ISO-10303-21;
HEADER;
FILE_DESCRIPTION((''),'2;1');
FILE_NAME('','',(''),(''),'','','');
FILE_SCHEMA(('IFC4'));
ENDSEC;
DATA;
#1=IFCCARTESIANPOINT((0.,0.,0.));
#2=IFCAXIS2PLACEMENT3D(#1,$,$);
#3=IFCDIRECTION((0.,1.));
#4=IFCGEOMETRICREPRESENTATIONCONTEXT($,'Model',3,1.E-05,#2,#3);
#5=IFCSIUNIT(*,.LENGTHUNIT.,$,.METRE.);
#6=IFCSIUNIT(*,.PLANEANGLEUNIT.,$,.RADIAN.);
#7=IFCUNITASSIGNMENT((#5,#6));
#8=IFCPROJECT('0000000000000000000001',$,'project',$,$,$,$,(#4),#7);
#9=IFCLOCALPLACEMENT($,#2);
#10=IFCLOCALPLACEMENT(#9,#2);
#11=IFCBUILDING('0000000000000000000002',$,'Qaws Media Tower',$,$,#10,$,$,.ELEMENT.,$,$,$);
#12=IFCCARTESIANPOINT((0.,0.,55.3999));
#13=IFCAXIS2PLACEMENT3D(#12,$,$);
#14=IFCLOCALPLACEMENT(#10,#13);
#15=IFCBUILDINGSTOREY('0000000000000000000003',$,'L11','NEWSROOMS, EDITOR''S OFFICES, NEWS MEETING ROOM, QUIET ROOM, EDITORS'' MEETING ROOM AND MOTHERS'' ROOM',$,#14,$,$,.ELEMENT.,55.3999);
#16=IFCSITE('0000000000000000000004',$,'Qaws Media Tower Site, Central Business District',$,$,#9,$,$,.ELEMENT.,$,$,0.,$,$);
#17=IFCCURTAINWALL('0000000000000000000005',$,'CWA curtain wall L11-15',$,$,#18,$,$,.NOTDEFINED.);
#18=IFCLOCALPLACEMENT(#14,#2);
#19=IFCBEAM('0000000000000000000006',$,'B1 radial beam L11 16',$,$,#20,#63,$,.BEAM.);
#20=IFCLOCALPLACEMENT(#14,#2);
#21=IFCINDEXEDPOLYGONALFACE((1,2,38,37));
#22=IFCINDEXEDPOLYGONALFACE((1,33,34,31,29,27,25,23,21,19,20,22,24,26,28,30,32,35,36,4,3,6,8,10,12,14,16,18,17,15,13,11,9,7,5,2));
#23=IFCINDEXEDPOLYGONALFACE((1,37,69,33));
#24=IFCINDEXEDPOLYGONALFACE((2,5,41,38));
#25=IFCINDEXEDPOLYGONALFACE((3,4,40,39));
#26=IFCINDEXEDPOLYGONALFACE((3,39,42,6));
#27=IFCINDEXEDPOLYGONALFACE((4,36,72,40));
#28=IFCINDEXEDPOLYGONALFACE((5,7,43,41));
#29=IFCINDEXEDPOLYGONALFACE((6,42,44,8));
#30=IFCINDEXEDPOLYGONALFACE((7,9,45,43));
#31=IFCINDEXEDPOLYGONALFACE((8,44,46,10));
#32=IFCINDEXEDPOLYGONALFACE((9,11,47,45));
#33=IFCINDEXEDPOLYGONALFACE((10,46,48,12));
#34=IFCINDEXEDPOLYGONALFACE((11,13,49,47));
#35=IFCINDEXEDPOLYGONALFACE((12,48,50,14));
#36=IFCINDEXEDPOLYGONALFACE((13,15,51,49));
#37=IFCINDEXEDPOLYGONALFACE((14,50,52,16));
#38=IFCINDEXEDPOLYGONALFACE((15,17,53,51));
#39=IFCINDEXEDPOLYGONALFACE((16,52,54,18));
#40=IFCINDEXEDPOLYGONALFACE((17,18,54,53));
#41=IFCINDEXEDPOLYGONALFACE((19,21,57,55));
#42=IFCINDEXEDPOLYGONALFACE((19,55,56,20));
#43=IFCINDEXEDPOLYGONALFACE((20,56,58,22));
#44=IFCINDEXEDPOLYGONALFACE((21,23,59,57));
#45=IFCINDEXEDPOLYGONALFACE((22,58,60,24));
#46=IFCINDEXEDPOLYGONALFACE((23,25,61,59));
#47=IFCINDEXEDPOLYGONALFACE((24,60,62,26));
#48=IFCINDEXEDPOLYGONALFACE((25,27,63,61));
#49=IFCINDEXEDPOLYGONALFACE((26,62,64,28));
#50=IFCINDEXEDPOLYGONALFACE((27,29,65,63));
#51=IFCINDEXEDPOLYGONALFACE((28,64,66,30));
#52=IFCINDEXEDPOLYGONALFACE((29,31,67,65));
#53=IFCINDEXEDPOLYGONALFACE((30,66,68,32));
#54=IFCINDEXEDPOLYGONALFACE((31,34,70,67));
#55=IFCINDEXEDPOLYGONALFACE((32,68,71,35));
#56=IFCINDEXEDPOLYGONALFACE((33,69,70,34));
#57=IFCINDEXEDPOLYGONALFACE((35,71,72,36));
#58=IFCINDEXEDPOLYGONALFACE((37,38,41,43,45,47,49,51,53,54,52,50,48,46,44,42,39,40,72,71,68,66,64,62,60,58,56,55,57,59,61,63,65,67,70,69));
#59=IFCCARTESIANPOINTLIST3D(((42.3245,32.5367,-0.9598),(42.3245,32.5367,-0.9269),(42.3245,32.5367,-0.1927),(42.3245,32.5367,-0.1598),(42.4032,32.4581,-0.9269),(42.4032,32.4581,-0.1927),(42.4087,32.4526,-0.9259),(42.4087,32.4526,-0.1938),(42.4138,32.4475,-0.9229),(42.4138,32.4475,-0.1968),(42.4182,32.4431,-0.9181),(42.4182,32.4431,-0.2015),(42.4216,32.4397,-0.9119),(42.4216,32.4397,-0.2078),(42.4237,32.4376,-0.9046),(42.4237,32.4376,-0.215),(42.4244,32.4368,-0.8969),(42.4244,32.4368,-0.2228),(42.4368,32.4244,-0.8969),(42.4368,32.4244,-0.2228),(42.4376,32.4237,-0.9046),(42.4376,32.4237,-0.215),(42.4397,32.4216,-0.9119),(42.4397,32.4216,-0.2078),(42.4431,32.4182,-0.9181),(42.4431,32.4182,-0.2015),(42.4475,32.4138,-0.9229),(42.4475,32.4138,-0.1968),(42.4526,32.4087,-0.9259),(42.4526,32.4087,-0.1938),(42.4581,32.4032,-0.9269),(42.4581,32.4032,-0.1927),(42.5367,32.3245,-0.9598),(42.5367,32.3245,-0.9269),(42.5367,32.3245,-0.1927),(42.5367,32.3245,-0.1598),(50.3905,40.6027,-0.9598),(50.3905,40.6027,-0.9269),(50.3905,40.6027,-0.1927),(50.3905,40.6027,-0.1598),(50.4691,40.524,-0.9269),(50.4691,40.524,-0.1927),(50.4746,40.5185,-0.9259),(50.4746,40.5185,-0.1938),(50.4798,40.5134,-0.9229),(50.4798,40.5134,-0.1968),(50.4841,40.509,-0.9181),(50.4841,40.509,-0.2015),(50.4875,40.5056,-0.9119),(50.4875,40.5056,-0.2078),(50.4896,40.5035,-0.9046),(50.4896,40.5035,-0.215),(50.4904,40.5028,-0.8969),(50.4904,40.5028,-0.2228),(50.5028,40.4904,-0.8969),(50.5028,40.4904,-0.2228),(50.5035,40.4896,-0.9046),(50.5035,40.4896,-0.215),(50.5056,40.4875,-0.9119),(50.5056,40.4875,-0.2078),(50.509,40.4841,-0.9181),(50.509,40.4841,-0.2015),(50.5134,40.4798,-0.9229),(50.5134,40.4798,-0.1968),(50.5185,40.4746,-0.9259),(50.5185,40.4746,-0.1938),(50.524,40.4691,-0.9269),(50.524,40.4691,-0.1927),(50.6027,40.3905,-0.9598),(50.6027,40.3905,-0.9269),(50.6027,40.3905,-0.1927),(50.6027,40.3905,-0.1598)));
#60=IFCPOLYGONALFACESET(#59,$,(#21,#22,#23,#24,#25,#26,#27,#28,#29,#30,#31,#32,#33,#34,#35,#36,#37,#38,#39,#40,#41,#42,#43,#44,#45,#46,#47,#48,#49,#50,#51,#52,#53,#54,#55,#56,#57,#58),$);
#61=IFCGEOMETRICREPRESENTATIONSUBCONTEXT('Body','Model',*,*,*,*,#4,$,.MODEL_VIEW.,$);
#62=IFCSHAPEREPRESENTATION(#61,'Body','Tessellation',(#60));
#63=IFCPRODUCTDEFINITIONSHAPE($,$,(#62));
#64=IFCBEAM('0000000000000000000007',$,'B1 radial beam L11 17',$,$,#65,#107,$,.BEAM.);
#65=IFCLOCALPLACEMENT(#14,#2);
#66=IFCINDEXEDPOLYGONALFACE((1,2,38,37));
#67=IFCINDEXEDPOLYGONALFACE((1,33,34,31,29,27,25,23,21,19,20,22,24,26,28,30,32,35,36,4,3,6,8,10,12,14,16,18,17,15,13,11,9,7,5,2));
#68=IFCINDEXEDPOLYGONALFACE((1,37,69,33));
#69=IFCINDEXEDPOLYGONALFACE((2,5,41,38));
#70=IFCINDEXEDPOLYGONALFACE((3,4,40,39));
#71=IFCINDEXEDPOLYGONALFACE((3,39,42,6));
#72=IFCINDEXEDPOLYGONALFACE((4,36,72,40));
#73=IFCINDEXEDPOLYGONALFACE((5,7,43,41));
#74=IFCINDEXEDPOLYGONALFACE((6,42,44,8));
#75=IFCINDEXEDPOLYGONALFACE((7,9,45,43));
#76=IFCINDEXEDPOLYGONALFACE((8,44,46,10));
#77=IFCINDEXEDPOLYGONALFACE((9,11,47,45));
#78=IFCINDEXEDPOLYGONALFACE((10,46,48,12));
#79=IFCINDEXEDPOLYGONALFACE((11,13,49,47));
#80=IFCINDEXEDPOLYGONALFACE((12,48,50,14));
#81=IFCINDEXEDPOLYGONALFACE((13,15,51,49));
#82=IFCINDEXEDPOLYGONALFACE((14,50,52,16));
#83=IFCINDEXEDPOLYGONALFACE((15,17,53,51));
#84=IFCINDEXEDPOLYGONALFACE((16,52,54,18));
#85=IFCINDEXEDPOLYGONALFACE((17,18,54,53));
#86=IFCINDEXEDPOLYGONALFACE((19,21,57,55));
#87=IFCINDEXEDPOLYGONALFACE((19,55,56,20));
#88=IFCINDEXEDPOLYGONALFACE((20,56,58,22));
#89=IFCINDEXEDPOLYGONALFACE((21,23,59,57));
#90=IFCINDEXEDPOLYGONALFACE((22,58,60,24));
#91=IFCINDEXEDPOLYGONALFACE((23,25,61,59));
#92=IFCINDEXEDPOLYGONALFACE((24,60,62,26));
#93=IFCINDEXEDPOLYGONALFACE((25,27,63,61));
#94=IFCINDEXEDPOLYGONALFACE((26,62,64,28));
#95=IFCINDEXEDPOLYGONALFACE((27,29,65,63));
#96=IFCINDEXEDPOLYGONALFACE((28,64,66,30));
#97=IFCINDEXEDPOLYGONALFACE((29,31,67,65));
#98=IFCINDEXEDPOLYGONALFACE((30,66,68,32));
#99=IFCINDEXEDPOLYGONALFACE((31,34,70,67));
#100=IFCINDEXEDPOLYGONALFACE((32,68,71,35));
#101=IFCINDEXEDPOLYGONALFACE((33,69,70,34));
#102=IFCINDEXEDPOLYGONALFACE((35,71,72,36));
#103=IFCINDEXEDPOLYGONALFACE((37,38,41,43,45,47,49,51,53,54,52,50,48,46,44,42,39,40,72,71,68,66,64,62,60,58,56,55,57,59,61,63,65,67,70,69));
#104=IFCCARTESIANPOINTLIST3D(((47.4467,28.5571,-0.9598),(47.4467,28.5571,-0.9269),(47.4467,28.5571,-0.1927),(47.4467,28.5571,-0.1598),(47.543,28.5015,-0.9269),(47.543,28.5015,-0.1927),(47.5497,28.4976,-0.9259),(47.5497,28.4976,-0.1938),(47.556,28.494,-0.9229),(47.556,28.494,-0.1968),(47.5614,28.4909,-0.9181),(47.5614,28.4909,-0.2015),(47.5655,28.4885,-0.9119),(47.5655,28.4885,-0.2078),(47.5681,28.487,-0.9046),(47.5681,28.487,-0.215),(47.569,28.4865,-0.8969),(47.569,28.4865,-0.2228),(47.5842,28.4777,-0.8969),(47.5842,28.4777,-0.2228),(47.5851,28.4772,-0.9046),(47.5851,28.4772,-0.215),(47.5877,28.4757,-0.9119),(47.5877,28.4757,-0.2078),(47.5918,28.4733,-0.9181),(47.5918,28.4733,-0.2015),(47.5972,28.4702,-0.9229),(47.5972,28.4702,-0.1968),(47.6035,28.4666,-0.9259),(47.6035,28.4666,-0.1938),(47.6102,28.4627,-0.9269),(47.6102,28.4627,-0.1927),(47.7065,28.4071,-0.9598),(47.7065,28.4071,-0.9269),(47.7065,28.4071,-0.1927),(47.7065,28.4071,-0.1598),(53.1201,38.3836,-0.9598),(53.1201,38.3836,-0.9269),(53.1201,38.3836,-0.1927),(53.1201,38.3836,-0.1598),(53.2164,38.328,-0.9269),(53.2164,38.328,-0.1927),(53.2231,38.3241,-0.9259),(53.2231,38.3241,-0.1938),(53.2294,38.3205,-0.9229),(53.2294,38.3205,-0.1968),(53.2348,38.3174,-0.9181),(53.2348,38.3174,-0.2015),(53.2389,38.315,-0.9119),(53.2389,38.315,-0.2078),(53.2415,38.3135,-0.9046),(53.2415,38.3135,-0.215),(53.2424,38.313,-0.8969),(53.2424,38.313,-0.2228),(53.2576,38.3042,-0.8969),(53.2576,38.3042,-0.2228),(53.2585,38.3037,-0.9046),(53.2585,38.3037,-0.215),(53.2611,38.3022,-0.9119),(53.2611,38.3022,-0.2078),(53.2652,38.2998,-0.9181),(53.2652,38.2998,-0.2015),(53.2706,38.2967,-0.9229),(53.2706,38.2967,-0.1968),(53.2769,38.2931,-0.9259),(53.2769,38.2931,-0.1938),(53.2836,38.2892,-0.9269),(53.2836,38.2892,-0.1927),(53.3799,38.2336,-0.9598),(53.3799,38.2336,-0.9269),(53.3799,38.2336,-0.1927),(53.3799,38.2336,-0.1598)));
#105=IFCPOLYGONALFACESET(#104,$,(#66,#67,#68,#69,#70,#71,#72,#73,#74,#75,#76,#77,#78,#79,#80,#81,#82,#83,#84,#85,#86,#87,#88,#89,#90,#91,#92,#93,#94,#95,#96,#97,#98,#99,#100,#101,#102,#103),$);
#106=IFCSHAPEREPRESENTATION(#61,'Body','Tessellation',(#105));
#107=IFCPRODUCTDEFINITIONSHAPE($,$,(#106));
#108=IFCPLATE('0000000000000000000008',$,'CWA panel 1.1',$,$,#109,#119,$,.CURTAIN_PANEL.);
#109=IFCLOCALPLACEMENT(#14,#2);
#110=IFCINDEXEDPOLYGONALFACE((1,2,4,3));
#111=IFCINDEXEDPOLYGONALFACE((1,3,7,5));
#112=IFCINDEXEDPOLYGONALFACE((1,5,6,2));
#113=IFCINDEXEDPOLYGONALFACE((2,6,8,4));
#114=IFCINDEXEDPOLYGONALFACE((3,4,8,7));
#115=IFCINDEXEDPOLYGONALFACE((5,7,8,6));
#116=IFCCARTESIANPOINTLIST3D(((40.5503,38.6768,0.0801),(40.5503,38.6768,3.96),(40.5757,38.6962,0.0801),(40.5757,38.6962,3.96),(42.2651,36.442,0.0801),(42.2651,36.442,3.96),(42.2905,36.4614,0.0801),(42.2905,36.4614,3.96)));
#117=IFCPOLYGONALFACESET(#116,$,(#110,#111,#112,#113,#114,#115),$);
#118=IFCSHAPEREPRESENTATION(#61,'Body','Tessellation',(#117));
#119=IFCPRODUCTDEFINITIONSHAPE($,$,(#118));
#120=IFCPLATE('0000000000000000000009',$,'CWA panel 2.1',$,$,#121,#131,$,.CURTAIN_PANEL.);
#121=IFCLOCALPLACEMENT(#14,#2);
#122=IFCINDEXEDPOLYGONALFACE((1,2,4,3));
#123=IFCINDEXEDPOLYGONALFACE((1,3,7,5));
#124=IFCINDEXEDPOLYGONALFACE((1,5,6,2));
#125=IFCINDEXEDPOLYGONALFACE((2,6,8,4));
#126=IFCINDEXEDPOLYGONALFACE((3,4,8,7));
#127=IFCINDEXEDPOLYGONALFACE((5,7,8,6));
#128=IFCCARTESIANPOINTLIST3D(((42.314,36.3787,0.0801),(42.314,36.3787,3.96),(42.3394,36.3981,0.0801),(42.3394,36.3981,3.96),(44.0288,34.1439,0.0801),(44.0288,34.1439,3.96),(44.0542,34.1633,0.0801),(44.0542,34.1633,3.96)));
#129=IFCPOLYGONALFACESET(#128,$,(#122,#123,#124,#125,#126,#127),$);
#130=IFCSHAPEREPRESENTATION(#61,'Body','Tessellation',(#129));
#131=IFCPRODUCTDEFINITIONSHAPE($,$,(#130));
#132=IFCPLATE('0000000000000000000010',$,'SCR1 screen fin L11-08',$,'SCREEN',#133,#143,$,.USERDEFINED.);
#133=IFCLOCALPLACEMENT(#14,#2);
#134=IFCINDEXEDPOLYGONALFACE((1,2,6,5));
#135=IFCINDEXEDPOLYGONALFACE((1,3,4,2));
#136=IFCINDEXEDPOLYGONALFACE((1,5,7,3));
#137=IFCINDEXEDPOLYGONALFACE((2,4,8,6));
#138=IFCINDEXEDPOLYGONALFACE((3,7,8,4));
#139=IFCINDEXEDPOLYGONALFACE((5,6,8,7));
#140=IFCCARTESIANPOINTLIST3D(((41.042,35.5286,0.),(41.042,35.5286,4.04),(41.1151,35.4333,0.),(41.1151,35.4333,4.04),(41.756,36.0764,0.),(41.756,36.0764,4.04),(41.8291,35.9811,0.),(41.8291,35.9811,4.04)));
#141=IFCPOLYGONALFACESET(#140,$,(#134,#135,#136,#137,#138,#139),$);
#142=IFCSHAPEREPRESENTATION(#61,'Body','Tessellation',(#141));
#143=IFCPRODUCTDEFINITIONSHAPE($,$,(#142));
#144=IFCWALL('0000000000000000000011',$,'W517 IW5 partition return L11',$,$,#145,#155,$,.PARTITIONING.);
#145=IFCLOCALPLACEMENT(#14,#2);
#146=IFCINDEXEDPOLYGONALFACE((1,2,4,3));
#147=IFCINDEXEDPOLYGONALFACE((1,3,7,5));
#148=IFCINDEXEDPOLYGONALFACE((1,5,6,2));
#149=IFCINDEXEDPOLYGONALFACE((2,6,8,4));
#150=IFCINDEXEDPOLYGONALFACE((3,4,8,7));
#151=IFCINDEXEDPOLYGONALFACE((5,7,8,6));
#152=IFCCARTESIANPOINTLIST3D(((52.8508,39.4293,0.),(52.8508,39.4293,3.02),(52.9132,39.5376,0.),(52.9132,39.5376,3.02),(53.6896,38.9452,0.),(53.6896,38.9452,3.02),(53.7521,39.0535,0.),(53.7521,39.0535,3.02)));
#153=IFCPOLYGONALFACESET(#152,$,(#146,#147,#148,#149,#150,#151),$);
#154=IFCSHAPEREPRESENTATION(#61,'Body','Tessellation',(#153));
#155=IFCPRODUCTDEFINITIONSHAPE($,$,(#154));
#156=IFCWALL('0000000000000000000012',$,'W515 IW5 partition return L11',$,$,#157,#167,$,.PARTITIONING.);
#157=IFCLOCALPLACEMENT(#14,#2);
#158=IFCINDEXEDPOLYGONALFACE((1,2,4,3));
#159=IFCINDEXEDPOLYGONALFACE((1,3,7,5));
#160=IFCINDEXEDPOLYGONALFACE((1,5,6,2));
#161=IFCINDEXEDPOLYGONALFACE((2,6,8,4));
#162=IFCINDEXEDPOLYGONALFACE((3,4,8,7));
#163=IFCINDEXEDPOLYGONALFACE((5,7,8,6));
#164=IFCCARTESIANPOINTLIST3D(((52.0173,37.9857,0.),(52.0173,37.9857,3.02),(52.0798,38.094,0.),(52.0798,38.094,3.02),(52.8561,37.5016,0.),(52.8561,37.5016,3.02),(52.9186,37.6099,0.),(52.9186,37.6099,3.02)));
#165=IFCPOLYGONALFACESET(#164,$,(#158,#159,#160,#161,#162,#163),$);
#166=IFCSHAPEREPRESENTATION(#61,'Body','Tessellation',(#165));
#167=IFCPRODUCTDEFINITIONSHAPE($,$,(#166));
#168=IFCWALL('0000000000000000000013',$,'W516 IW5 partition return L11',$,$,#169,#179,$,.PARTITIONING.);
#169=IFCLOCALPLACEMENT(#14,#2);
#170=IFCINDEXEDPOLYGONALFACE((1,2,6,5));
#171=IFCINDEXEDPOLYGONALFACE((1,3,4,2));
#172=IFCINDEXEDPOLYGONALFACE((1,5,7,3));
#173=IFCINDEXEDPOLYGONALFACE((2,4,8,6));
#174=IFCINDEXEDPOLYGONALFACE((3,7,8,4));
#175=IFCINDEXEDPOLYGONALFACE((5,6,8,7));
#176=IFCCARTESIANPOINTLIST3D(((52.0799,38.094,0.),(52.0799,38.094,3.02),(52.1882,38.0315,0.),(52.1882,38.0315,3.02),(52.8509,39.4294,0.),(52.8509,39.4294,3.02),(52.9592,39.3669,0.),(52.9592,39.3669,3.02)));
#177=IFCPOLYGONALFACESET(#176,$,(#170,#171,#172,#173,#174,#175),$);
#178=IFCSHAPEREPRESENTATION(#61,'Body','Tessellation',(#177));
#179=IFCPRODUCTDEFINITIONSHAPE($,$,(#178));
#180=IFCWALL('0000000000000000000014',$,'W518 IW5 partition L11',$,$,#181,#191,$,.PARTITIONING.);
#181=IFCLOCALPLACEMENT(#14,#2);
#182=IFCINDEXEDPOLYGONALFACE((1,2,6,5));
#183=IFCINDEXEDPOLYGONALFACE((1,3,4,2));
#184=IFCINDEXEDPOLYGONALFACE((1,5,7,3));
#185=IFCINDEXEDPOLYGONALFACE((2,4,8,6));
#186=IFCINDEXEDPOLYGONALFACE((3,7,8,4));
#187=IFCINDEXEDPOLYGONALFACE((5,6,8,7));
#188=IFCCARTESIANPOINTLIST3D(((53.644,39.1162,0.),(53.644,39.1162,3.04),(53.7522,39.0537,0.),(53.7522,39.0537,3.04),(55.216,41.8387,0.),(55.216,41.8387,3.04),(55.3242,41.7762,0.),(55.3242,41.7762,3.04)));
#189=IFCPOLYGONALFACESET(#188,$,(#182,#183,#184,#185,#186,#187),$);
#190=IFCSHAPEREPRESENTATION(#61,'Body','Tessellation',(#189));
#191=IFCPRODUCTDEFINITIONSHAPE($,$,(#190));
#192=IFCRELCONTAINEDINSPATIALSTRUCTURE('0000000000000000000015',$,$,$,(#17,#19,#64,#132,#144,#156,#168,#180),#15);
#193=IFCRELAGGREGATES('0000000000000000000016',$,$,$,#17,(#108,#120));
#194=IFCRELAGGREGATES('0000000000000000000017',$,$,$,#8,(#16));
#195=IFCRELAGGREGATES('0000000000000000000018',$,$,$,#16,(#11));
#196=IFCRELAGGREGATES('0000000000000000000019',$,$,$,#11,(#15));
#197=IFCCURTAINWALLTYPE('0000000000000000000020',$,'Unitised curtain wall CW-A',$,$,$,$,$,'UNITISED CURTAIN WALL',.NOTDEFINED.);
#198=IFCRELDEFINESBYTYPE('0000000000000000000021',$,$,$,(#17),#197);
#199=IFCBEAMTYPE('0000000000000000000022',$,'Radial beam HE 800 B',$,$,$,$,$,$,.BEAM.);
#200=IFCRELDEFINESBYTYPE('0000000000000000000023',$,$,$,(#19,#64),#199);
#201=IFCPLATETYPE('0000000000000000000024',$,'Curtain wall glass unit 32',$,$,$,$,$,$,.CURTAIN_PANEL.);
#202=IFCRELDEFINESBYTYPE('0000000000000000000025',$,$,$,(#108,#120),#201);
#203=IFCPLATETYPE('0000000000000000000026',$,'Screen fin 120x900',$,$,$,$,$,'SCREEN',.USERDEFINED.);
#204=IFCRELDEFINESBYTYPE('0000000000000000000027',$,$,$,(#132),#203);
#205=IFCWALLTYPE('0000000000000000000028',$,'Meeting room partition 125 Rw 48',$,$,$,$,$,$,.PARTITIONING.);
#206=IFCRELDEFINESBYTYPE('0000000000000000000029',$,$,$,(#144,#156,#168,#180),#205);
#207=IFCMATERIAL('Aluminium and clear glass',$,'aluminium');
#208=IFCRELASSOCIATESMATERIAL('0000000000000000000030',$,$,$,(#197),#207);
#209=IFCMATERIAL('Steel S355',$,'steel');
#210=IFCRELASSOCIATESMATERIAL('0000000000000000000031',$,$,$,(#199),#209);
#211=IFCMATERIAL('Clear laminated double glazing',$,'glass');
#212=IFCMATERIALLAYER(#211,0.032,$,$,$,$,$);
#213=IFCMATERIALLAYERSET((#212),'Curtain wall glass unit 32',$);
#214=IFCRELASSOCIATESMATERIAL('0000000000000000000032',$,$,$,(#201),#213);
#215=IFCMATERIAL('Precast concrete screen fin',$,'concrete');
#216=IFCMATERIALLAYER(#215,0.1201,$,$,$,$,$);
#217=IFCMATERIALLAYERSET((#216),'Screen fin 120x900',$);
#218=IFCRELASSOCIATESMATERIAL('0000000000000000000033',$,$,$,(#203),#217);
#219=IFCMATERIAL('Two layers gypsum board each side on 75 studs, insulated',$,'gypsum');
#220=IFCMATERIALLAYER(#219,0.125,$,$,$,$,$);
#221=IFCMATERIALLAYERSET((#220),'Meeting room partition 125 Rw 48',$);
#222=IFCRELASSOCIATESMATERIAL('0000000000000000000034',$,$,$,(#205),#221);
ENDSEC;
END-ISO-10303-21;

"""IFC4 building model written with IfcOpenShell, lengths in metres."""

from ifc_helpers import new_model, si_unit, direction, frame, frame_2d, origin, origin_2d, place, context, subcontext, project, spatial, rectangle, i_section, extrude, material, layer, layer_set, material_profile, profile_set, type_object, element, aggregate, save


model = new_model("IFC4")

# Units and contexts
model_context = context("Model", 3, precision=1e-05, world=origin(), true_north=direction((0.0, 1.0)))
body_context = subcontext(model_context, "Body", "Model", "MODEL_VIEW")
ifc_project = project(units=[si_unit("LENGTHUNIT", "METRE"), si_unit("PLANEANGLEUNIT", "RADIAN")], contexts=[model_context])

# Site, building, storey
site_placement = place(None, origin())
site = spatial("IfcSite", under=ifc_project, at=site_placement, Name="Qaws Media Tower Site, Central Business District", CompositionType="ELEMENT", RefElevation=0.0)
building_placement = place(site_placement, origin())
building = spatial("IfcBuilding", under=site, at=building_placement, Name="Qaws Media Tower", CompositionType="ELEMENT")
storey_placement = place(building_placement, frame((0.0, 0.0, 55.3999)))
storey = spatial("IfcBuildingStorey", under=building, at=storey_placement, Name="L11", Description="NEWSROOMS, EDITOR'S OFFICES, NEWS MEETING ROOM, QUIET ROOM, EDITORS' MEETING ROOM AND MOTHERS' ROOM", CompositionType="ELEMENT", Elevation=55.3999)

# Shared definitions
ifc_material_1 = material(Name="Aluminium and clear glass", Category="aluminium")
curtain_wall_type = type_object("IfcCurtainWallType", Name="Unitised curtain wall CW-A", ElementType="UNITISED CURTAIN WALL", PredefinedType="NOTDEFINED", material=ifc_material_1)

# Curtain wall
curtain_wall_1_placement = place(storey_placement, origin())
curtain_wall_1 = element("IfcCurtainWall", 1, at=curtain_wall_1_placement, inside=storey, type_object=curtain_wall_type, Name="CWA curtain wall L11-15", PredefinedType="NOTDEFINED")

# Beams
ifc_material_2 = material(Name="Steel S355", Category="steel")
ifc_material_profile_1 = material_profile(ifc_material_2, i_section(OverallWidth=0.3, OverallDepth=0.8, WebThickness=0.0176, FlangeThickness=0.033, FilletRadius=0.03, at=origin_2d()), Name="HE 800 B")
ifc_profile_set_1 = profile_set([ifc_material_profile_1], Name="Steel S355")
beam_type_1 = type_object("IfcBeamType", Name="Radial beam HE 800 B", PredefinedType="BEAM", material=ifc_profile_set_1)
beam_1_placement = place(storey_placement, frame((50.4966, 40.4966, -0.5598), z_axis=(-0.707107, -0.707107, 0.0), x_axis=(0.707107, -0.707107, 0.0)))
element("IfcBeam", 2, at=beam_1_placement, inside=storey, type_object=beam_type_1, Name="B1 radial beam L11 16", PredefinedType="BEAM", context=body_context, shape_type="SweptSolid", body=[
    extrude(i_section(OverallWidth=0.3, OverallDepth=0.8, WebThickness=0.0176, FlangeThickness=0.033, FilletRadius=0.03, at=origin_2d()), origin(), (0.0, 0.0, 1.0), 11.407),
])
beam_2_placement = place(storey_placement, frame((53.25, 38.3086, -0.5598), z_axis=(-0.500004, -0.866023, 0.0), x_axis=(0.866023, -0.500004, 0.0)))
element("IfcBeam", 3, at=beam_2_placement, inside=storey, type_object=beam_type_1, Name="B1 radial beam L11 17", PredefinedType="BEAM", context=body_context, shape_type="SweptSolid", body=[
    extrude(i_section(OverallWidth=0.3, OverallDepth=0.8, WebThickness=0.0176, FlangeThickness=0.033, FilletRadius=0.03, at=origin_2d()), origin(), (0.0, 0.0, 1.0), 11.3467),
])

# Plates
ifc_material_3 = material(Name="Clear laminated double glazing", Category="glass")
ifc_layer_1 = layer(ifc_material_3, 0.032)
ifc_layer_set_1 = layer_set([ifc_layer_1], Name="Curtain wall glass unit 32")
plate_type_1 = type_object("IfcPlateType", Name="Curtain wall glass unit 32", PredefinedType="CURTAIN_PANEL", material=ifc_layer_set_1)
plate_1_placement = place(storey_placement, frame((41.4204, 37.5691, 0.0801), z_axis=(0.0, 0.0, 1.0), x_axis=(0.608761, -0.793353, 0.0)))
plate_1 = element("IfcPlate", 4, at=plate_1_placement, type_object=plate_type_1, Name="CWA panel 1.1", PredefinedType="CURTAIN_PANEL", context=body_context, shape_type="SweptSolid", body=[
    extrude(rectangle(XDim=2.8169, YDim=0.032, at=origin_2d()), origin(), (0.0, 0.0, 1.0), 3.8799),
])
plate_2_placement = place(storey_placement, frame((43.1841, 35.271, 0.0801), z_axis=(0.0, 0.0, 1.0), x_axis=(0.608761, -0.793353, 0.0)))
plate_2 = element("IfcPlate", 5, at=plate_2_placement, type_object=plate_type_1, Name="CWA panel 2.1", PredefinedType="CURTAIN_PANEL", context=body_context, shape_type="SweptSolid", body=[
    extrude(rectangle(XDim=2.8169, YDim=0.032, at=origin_2d()), origin(), (0.0, 0.0, 1.0), 3.8799),
])
aggregate(curtain_wall_1, [plate_1, plate_2])
ifc_material_4 = material(Name="Precast concrete screen fin", Category="concrete")
ifc_layer_2 = layer(ifc_material_4, 0.1201)
ifc_layer_set_2 = layer_set([ifc_layer_2], Name="Screen fin 120x900")
plate_type_2 = type_object("IfcPlateType", Name="Screen fin 120x900", ElementType="SCREEN", PredefinedType="USERDEFINED", material=ifc_layer_set_2)
plate_3_placement = place(storey_placement, frame((41.4355, 35.7549, 0.0), z_axis=(0.0, 0.0, 1.0), x_axis=(-0.793353, -0.608761, 0.0)))
element("IfcPlate", 6, at=plate_3_placement, inside=storey, type_object=plate_type_2, Name="SCR1 screen fin L11-08", ObjectType="SCREEN", PredefinedType="USERDEFINED", context=body_context, shape_type="SweptSolid", body=[
    extrude(rectangle(XDim=0.8999, YDim=0.1201, at=origin_2d()), origin(), (0.0, 0.0, 1.0), 4.04),
])

# Walls
ifc_material_5 = material(Name="Two layers gypsum board each side on 75 studs, insulated", Category="gypsum")
ifc_layer_3 = layer(ifc_material_5, 0.125)
ifc_layer_set_3 = layer_set([ifc_layer_3], Name="Meeting room partition 125 Rw 48")
wall_type_1 = type_object("IfcWallType", Name="Meeting room partition 125 Rw 48", PredefinedType="PARTITIONING", material=ifc_layer_set_3)
for number, where, z_axis, x_axis, name in (
    (7, (53.7209, 38.9993, 0.0), (0.0, 0.0, 1.0), (-0.86611, 0.499853, 0.0), "W517 IW5 partition return L11"),
    (8, (52.8875, 37.5557, 0.0), (0.0, 0.0, 1.0), (-0.86611, 0.499853, 0.0), "W515 IW5 partition return L11"),
):
    element("IfcWall", number, at=place(storey_placement, frame(where, z_axis=z_axis, x_axis=x_axis)), inside=storey, type_object=wall_type_1, Name=name, PredefinedType="PARTITIONING", context=body_context, shape_type="SweptSolid", body=[
        extrude(rectangle(XDim=0.9685, YDim=0.125, at=frame_2d((0.4844, 0.0))), origin(), (0.0, 0.0, 1.0), 3.02),
    ])
wall_1_placement = place(storey_placement, frame((52.905, 39.3982, 0.0), z_axis=(0.0, 0.0, 1.0), x_axis=(-0.499987, -0.866033, 0.0)))
element("IfcWall", 9, at=wall_1_placement, inside=storey, type_object=wall_type_1, Name="W516 IW5 partition return L11", PredefinedType="PARTITIONING", context=body_context, shape_type="SweptSolid", body=[
    extrude(rectangle(XDim=1.542, YDim=0.125, at=frame_2d((0.771, 0.0))), origin(), (0.0, 0.0, 1.0), 3.02),
])
wall_2_placement = place(storey_placement, frame((55.27, 41.8074, 0.0), z_axis=(0.0, 0.0, 1.0), x_axis=(-0.500023, -0.866012, 0.0)))
element("IfcWall", 10, at=wall_2_placement, inside=storey, type_object=wall_type_1, Name="W518 IW5 partition L11", PredefinedType="PARTITIONING", context=body_context, shape_type="SweptSolid", body=[
    extrude(rectangle(XDim=3.1438, YDim=0.125, at=frame_2d((1.5718, 0.0))), origin(), (0.0, 0.0, 1.0), 3.04),
])

save(model, "model.ifc")
